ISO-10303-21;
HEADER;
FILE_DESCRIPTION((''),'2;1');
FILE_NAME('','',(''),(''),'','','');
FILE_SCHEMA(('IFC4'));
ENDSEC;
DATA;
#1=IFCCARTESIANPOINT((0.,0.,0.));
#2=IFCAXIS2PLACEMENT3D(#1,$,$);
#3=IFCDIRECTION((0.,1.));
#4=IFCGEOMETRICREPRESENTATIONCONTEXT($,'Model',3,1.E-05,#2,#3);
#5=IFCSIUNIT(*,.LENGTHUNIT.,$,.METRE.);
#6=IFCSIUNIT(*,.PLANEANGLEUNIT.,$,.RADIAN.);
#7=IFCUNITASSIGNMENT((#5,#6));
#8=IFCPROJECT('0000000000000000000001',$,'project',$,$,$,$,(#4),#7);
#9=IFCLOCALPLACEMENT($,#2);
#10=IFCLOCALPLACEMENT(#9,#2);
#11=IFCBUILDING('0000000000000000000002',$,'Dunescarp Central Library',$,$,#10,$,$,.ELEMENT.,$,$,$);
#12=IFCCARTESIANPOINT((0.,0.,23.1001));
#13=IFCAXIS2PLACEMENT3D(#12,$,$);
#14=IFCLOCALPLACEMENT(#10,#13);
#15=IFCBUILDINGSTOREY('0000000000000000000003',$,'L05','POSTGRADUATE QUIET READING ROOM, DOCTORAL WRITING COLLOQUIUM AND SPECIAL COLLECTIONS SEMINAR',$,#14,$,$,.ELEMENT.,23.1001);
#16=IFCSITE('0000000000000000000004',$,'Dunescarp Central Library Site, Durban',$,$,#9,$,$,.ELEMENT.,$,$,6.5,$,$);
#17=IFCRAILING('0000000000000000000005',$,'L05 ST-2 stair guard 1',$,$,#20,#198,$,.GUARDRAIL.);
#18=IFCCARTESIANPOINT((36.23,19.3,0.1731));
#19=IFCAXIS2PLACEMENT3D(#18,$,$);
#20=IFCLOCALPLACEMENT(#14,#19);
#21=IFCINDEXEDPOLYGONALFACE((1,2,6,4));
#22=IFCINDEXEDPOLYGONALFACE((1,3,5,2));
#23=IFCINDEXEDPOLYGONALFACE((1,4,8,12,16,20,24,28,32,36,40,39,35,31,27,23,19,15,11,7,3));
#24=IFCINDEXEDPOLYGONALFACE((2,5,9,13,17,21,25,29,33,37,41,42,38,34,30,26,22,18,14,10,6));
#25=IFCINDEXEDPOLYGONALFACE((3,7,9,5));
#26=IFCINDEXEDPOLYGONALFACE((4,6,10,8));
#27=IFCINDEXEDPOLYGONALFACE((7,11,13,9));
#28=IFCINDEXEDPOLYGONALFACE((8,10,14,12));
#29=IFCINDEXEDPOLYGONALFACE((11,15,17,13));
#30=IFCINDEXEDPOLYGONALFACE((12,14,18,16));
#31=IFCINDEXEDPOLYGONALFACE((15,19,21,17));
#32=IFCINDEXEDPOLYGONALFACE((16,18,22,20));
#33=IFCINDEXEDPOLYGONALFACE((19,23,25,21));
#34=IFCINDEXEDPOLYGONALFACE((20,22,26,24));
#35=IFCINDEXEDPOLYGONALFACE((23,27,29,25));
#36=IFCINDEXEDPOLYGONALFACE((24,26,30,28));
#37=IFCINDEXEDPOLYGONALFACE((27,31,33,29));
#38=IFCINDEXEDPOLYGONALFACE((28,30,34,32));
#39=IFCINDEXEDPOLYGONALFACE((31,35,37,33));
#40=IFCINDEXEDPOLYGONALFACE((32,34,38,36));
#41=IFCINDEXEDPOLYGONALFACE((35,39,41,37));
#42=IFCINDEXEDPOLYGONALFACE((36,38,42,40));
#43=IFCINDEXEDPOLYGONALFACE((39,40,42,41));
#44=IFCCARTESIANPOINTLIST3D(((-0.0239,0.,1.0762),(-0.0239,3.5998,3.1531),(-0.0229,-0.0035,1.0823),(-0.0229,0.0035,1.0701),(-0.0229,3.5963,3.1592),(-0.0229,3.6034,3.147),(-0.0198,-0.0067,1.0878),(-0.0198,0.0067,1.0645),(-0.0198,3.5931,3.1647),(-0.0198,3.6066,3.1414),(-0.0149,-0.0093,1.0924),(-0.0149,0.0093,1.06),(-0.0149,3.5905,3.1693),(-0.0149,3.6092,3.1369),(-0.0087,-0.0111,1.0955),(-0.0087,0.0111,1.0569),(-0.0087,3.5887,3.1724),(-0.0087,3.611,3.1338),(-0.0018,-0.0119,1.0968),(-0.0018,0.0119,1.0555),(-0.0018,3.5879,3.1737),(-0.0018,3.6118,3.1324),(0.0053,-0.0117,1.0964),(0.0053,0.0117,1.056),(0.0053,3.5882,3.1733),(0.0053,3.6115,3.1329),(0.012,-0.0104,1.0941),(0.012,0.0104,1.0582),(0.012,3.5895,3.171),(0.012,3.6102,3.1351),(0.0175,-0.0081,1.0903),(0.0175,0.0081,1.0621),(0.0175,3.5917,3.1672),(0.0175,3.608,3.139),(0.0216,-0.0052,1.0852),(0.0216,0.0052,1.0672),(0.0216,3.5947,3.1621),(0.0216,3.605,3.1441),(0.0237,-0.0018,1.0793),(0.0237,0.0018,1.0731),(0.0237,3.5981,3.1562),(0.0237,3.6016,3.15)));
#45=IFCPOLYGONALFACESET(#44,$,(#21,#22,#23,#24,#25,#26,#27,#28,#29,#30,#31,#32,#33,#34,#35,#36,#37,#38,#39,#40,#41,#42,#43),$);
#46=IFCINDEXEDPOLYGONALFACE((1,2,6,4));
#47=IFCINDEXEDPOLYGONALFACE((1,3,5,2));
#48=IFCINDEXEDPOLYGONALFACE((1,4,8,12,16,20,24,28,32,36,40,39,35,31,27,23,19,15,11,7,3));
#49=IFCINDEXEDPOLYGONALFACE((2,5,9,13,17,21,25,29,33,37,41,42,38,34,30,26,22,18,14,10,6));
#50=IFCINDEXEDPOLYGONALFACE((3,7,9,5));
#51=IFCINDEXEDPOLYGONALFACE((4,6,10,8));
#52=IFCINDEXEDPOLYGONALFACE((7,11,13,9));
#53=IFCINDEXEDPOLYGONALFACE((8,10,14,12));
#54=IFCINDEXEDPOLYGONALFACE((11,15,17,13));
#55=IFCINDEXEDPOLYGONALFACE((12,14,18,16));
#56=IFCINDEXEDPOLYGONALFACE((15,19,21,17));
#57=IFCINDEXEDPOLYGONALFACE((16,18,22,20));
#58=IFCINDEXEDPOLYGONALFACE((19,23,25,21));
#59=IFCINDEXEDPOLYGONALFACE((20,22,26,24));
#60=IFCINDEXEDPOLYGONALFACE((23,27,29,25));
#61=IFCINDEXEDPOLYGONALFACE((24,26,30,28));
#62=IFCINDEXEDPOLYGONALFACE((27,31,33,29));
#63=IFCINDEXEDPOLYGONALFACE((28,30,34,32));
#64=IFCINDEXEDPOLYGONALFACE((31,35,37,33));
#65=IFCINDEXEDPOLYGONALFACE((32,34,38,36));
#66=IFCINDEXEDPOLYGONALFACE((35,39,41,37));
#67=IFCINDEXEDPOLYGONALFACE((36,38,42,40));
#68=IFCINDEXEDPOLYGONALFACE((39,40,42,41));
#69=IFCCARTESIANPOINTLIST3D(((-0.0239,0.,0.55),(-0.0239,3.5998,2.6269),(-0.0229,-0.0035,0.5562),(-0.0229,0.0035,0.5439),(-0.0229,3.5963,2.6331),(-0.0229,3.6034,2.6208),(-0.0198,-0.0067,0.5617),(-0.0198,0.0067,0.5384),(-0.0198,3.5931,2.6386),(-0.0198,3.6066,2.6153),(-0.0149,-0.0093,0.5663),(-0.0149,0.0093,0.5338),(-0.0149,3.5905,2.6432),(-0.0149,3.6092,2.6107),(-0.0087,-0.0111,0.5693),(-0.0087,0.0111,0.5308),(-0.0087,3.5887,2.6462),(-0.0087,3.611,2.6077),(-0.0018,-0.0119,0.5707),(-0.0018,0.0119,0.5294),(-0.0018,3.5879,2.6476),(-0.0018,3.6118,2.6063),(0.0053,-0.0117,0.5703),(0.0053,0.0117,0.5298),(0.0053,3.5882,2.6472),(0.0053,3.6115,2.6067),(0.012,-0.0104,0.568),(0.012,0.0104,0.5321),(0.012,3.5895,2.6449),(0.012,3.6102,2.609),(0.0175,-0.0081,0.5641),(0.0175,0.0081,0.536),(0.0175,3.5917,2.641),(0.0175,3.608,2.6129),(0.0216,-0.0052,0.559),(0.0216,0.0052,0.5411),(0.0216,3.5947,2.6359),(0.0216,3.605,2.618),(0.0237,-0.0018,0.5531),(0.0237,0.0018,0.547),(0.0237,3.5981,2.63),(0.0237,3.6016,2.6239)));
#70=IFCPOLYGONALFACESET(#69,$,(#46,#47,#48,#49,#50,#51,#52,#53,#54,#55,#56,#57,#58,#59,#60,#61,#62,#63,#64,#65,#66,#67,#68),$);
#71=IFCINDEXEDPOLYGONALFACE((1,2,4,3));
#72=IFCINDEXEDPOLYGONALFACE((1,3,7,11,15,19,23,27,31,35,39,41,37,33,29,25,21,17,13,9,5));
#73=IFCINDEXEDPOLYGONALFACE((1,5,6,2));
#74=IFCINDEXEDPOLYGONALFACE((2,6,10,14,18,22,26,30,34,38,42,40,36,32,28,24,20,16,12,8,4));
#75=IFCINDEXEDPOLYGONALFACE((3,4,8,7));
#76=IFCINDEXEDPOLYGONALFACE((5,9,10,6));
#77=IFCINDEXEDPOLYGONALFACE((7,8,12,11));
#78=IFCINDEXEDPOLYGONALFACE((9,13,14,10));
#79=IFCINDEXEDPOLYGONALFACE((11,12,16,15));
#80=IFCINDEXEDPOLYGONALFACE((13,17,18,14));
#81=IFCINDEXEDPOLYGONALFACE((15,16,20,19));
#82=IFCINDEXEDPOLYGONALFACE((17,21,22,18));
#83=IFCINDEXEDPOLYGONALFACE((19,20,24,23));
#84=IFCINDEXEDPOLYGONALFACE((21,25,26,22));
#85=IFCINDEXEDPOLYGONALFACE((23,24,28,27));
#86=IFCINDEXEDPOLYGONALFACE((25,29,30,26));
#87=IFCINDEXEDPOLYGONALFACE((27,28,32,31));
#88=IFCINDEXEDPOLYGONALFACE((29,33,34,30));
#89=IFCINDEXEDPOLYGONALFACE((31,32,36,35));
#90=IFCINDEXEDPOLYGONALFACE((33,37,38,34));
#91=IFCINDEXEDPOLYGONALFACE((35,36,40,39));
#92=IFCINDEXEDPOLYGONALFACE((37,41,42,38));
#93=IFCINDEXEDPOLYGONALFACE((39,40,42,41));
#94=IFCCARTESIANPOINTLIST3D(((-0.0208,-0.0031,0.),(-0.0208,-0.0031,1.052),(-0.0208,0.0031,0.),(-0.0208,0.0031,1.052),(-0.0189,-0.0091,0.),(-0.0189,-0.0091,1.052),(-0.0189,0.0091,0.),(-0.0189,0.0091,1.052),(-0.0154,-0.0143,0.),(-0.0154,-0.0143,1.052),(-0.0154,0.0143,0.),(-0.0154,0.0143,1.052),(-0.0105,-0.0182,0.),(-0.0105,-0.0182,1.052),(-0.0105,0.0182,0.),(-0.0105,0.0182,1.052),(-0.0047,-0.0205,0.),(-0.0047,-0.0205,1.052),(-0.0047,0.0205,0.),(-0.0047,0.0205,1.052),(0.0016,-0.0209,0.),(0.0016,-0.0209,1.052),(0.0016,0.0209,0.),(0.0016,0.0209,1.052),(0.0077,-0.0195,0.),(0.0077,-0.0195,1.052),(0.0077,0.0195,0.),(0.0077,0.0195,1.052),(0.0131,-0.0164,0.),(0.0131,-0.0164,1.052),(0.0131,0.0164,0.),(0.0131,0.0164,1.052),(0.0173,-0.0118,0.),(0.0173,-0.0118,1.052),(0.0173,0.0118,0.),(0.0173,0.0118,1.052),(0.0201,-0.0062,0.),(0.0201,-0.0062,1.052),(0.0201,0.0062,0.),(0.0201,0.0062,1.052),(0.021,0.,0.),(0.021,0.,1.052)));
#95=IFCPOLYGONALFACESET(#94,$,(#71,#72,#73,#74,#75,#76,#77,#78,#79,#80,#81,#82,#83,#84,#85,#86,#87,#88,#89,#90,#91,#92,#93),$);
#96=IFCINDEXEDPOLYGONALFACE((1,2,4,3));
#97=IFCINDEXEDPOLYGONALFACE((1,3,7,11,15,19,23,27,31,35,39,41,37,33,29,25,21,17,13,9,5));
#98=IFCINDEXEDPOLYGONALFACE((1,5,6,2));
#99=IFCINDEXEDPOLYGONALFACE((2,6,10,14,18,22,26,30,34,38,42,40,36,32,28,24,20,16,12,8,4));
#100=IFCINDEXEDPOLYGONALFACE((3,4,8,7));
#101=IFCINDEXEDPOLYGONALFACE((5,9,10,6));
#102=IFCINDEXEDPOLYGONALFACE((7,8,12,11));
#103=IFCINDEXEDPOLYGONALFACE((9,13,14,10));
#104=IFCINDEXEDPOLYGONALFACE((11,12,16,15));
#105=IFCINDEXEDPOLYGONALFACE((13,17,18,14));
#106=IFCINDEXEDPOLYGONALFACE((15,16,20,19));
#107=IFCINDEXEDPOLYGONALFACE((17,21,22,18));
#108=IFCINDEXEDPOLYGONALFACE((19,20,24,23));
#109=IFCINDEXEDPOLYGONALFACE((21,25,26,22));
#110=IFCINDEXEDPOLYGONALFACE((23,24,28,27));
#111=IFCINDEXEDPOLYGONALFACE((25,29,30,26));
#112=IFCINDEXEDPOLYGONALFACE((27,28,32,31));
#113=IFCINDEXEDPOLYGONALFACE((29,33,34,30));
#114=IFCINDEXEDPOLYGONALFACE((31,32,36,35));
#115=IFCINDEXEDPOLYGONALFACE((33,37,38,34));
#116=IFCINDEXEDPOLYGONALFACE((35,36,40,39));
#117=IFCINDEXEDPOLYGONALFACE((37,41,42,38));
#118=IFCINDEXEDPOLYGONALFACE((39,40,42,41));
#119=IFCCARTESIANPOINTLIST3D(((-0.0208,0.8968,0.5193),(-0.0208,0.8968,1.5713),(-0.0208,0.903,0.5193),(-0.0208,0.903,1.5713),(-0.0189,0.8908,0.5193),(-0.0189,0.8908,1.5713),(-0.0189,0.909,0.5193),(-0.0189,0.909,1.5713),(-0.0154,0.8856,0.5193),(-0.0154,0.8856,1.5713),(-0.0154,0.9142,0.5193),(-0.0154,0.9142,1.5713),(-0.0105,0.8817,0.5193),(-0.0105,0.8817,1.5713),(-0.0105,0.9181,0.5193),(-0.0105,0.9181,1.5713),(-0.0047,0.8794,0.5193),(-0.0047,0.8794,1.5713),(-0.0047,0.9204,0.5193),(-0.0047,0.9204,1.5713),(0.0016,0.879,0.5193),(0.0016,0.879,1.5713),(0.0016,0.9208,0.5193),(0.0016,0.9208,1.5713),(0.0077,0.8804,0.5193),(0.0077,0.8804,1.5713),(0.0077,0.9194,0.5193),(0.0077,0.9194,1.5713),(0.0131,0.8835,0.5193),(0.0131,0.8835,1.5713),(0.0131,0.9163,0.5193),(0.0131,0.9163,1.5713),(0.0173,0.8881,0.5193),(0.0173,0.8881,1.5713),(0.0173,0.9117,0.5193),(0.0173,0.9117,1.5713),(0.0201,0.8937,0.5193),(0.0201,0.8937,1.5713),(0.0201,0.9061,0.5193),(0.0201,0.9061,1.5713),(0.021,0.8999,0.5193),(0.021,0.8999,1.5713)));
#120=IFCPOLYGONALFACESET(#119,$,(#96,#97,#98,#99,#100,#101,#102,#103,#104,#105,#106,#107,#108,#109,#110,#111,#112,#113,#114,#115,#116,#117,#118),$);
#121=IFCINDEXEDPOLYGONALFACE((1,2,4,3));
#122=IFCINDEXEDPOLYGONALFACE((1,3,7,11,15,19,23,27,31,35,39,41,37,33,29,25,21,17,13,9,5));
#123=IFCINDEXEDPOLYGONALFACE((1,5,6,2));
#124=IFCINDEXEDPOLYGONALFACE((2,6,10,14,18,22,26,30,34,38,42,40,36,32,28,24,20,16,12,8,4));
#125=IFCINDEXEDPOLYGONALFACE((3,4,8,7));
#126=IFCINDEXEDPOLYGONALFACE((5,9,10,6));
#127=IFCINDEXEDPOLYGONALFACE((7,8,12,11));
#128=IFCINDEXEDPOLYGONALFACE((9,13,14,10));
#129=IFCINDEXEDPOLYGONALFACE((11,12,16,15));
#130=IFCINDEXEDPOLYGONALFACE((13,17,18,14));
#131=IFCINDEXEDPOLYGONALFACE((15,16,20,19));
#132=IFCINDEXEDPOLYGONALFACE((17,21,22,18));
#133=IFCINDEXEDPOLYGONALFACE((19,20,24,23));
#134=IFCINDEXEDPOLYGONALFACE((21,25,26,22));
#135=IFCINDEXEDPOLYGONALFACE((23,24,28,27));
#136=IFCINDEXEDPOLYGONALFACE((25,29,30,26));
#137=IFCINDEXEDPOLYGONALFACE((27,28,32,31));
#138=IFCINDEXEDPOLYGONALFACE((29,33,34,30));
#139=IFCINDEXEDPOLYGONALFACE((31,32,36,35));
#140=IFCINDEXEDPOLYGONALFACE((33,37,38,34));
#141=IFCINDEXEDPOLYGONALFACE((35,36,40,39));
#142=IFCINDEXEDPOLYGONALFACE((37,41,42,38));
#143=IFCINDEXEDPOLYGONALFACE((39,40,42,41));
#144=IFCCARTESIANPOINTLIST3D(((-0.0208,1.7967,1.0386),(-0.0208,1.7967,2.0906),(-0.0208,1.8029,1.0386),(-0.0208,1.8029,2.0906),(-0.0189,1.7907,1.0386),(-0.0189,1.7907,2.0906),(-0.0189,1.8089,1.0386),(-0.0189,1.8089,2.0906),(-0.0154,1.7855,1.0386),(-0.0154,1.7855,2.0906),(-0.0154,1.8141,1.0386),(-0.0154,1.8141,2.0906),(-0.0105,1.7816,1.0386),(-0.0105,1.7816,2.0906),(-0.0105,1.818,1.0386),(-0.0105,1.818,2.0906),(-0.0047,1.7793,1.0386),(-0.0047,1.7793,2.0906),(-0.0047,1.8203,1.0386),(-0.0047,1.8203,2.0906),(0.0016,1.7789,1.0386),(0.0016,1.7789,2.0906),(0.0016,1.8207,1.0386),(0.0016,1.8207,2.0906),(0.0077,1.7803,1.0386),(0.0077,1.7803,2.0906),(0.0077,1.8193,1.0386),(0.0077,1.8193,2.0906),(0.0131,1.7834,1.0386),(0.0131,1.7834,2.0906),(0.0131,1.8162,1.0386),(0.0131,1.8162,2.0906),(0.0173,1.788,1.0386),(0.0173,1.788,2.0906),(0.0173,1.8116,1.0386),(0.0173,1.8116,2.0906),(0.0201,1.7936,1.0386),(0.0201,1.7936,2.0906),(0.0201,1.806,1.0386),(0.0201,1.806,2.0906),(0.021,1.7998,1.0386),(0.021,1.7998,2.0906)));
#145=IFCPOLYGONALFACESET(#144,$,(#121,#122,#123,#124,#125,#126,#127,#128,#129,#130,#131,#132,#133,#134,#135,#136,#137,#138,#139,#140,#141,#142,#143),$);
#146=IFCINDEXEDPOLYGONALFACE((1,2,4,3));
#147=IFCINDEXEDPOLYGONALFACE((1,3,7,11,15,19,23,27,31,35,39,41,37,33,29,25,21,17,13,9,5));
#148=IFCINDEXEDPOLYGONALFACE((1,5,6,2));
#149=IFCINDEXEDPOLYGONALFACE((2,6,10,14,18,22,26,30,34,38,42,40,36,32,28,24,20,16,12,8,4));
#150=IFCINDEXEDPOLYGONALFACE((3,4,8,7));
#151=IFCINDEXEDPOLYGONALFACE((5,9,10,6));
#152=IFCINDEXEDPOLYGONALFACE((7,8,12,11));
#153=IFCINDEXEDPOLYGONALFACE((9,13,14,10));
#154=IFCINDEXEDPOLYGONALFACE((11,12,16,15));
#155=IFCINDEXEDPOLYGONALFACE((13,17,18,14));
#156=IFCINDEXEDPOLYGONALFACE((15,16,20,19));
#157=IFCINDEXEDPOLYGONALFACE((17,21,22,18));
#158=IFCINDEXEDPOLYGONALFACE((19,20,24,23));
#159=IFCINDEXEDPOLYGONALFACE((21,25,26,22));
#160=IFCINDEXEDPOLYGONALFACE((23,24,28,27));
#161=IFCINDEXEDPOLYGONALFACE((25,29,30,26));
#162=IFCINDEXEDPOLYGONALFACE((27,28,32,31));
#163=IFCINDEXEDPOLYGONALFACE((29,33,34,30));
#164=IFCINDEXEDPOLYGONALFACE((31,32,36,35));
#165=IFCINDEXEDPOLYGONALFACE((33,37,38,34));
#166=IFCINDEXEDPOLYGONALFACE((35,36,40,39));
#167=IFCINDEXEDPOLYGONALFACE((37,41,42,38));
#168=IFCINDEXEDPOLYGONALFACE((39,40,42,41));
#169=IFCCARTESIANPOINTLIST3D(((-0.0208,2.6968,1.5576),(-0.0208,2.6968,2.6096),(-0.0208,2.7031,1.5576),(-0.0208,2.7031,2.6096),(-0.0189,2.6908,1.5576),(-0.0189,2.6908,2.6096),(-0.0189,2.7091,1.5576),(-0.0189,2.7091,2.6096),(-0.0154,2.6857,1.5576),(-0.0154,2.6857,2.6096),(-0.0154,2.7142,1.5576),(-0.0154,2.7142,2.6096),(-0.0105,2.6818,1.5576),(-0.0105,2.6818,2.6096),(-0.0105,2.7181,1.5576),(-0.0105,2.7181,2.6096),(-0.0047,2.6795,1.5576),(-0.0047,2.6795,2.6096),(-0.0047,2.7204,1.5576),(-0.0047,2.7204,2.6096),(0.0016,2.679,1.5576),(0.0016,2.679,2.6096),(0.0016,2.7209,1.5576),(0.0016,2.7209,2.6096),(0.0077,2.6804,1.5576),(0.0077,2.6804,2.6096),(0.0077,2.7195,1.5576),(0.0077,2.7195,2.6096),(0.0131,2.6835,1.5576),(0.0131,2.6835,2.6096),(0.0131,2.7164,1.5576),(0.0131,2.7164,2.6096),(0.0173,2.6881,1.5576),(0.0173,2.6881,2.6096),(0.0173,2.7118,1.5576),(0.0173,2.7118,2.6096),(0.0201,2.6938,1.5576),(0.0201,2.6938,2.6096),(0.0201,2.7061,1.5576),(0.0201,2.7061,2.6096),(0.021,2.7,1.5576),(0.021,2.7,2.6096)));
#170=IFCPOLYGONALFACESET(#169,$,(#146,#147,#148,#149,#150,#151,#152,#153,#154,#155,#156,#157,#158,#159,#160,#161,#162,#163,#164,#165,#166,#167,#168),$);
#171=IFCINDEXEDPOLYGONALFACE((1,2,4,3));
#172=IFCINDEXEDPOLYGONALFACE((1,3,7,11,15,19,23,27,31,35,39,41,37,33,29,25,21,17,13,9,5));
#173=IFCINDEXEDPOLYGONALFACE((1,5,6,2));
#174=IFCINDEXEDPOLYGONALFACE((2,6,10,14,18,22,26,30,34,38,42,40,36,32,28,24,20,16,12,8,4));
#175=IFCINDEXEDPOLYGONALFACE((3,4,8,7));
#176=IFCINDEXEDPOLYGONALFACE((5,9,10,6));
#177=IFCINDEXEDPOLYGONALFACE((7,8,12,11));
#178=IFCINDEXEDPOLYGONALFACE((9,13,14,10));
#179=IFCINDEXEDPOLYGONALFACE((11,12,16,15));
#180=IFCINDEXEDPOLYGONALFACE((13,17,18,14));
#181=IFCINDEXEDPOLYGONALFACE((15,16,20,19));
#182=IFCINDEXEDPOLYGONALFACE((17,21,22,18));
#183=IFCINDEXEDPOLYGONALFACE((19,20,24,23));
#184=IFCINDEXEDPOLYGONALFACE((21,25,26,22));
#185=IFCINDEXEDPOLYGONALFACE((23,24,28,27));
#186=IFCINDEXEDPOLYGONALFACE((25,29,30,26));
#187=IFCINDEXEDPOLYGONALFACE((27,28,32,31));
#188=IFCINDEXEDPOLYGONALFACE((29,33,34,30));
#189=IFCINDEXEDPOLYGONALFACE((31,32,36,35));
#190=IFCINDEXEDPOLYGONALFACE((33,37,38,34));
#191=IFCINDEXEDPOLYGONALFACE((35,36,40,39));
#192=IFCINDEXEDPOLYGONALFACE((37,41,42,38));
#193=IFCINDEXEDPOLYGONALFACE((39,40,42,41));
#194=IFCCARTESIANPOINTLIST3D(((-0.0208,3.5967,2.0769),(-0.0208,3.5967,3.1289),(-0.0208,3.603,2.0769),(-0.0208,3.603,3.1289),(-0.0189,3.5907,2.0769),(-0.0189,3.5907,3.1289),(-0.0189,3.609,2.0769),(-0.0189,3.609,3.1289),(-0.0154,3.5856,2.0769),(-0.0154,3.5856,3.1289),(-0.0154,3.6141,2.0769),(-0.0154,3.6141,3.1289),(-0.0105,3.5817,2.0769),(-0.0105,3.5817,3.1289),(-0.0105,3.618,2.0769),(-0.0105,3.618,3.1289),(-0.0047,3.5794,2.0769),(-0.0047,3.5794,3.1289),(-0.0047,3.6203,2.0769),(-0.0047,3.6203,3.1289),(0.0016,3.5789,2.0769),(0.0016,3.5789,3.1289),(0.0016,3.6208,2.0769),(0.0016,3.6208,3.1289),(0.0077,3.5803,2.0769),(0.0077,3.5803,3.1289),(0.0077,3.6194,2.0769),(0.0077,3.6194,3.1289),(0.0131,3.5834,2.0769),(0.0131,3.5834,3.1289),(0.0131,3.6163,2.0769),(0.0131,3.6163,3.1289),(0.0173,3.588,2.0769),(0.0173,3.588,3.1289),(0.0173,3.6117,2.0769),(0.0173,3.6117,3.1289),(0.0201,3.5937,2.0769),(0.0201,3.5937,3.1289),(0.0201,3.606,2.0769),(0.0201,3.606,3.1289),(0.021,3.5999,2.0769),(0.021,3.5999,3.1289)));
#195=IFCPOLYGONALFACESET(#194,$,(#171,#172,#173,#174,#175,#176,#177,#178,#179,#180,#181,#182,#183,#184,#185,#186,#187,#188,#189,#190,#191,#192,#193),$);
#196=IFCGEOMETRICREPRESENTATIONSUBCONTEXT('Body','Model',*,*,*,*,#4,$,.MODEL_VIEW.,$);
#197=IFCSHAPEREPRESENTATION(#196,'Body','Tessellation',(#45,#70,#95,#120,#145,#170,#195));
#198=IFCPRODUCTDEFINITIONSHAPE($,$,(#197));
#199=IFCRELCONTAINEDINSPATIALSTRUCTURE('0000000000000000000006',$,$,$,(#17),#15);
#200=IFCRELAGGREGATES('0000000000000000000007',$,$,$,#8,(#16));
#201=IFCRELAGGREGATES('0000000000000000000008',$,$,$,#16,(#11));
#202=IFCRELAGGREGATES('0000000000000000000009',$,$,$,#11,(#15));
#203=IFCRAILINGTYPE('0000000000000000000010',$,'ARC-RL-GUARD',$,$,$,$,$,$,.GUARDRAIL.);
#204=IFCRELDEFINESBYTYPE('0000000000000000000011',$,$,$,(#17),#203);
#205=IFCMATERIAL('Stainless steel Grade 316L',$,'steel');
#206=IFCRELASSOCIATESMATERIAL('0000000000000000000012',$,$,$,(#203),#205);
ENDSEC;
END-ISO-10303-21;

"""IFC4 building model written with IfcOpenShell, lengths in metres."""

from ifc_helpers import new_model, si_unit, direction, frame, origin, origin_2d, place, context, subcontext, project, spatial, circle, extrude, material, type_object, element, save


model = new_model("IFC4")

# Units and contexts
model_context = context("Model", 3, precision=1e-05, world=origin(), true_north=direction((0.0, 1.0)))
body_context = subcontext(model_context, "Body", "Model", "MODEL_VIEW")
ifc_project = project(units=[si_unit("LENGTHUNIT", "METRE"), si_unit("PLANEANGLEUNIT", "RADIAN")], contexts=[model_context])

# Site, building, storey
site_placement = place(None, origin())
site = spatial("IfcSite", under=ifc_project, at=site_placement, Name="Dunescarp Central Library Site, Durban", CompositionType="ELEMENT", RefElevation=6.5)
building_placement = place(site_placement, origin())
building = spatial("IfcBuilding", under=site, at=building_placement, Name="Dunescarp Central Library", CompositionType="ELEMENT")
storey_placement = place(building_placement, frame((0.0, 0.0, 23.1001)))
storey = spatial("IfcBuildingStorey", under=building, at=storey_placement, Name="L05", Description="POSTGRADUATE QUIET READING ROOM, DOCTORAL WRITING COLLOQUIUM AND SPECIAL COLLECTIONS SEMINAR", CompositionType="ELEMENT", Elevation=23.1001)

# Railing
ifc_material_1 = material(Name="Stainless steel Grade 316L", Category="steel")
railing_type_1 = type_object("IfcRailingType", Name="ARC-RL-GUARD", PredefinedType="GUARDRAIL", material=ifc_material_1)
railing_1_placement = place(storey_placement, frame((36.23, 19.3, 0.1731)))
element("IfcRailing", 1, at=railing_1_placement, inside=storey, type_object=railing_type_1, Name="L05 ST-2 stair guard 1", PredefinedType="GUARDRAIL", context=body_context, shape_type="SweptSolid", body=[
    extrude(circle(Radius=0.0239, at=origin_2d()), frame((0.0, 0.0, 1.0762), z_axis=(0.0, 0.866179, 0.499734), x_axis=(-1.0, 0.0, 0.0)), (0.0, 0.0, 1.0), 4.156),
    extrude(circle(Radius=0.0239, at=origin_2d()), frame((0.0, 0.0, 0.55), z_axis=(0.0, 0.866179, 0.499734), x_axis=(-1.0, 0.0, 0.0)), (0.0, 0.0, 1.0), 4.156),
    extrude(circle(Radius=0.021, at=origin_2d()), origin(), (0.0, 0.0, 1.0), 1.052),
    extrude(circle(Radius=0.021, at=origin_2d()), frame((0.0, 0.8999, 0.5193)), (0.0, 0.0, 1.0), 1.052),
    extrude(circle(Radius=0.021, at=origin_2d()), frame((0.0, 1.7998, 1.0386)), (0.0, 0.0, 1.0), 1.052),
    extrude(circle(Radius=0.021, at=origin_2d()), frame((0.0, 2.7, 1.5576)), (0.0, 0.0, 1.0), 1.052),
    extrude(circle(Radius=0.021, at=origin_2d()), frame((0.0, 3.5999, 2.0769)), (0.0, 0.0, 1.0), 1.052),
])

save(model, "model.ifc")
